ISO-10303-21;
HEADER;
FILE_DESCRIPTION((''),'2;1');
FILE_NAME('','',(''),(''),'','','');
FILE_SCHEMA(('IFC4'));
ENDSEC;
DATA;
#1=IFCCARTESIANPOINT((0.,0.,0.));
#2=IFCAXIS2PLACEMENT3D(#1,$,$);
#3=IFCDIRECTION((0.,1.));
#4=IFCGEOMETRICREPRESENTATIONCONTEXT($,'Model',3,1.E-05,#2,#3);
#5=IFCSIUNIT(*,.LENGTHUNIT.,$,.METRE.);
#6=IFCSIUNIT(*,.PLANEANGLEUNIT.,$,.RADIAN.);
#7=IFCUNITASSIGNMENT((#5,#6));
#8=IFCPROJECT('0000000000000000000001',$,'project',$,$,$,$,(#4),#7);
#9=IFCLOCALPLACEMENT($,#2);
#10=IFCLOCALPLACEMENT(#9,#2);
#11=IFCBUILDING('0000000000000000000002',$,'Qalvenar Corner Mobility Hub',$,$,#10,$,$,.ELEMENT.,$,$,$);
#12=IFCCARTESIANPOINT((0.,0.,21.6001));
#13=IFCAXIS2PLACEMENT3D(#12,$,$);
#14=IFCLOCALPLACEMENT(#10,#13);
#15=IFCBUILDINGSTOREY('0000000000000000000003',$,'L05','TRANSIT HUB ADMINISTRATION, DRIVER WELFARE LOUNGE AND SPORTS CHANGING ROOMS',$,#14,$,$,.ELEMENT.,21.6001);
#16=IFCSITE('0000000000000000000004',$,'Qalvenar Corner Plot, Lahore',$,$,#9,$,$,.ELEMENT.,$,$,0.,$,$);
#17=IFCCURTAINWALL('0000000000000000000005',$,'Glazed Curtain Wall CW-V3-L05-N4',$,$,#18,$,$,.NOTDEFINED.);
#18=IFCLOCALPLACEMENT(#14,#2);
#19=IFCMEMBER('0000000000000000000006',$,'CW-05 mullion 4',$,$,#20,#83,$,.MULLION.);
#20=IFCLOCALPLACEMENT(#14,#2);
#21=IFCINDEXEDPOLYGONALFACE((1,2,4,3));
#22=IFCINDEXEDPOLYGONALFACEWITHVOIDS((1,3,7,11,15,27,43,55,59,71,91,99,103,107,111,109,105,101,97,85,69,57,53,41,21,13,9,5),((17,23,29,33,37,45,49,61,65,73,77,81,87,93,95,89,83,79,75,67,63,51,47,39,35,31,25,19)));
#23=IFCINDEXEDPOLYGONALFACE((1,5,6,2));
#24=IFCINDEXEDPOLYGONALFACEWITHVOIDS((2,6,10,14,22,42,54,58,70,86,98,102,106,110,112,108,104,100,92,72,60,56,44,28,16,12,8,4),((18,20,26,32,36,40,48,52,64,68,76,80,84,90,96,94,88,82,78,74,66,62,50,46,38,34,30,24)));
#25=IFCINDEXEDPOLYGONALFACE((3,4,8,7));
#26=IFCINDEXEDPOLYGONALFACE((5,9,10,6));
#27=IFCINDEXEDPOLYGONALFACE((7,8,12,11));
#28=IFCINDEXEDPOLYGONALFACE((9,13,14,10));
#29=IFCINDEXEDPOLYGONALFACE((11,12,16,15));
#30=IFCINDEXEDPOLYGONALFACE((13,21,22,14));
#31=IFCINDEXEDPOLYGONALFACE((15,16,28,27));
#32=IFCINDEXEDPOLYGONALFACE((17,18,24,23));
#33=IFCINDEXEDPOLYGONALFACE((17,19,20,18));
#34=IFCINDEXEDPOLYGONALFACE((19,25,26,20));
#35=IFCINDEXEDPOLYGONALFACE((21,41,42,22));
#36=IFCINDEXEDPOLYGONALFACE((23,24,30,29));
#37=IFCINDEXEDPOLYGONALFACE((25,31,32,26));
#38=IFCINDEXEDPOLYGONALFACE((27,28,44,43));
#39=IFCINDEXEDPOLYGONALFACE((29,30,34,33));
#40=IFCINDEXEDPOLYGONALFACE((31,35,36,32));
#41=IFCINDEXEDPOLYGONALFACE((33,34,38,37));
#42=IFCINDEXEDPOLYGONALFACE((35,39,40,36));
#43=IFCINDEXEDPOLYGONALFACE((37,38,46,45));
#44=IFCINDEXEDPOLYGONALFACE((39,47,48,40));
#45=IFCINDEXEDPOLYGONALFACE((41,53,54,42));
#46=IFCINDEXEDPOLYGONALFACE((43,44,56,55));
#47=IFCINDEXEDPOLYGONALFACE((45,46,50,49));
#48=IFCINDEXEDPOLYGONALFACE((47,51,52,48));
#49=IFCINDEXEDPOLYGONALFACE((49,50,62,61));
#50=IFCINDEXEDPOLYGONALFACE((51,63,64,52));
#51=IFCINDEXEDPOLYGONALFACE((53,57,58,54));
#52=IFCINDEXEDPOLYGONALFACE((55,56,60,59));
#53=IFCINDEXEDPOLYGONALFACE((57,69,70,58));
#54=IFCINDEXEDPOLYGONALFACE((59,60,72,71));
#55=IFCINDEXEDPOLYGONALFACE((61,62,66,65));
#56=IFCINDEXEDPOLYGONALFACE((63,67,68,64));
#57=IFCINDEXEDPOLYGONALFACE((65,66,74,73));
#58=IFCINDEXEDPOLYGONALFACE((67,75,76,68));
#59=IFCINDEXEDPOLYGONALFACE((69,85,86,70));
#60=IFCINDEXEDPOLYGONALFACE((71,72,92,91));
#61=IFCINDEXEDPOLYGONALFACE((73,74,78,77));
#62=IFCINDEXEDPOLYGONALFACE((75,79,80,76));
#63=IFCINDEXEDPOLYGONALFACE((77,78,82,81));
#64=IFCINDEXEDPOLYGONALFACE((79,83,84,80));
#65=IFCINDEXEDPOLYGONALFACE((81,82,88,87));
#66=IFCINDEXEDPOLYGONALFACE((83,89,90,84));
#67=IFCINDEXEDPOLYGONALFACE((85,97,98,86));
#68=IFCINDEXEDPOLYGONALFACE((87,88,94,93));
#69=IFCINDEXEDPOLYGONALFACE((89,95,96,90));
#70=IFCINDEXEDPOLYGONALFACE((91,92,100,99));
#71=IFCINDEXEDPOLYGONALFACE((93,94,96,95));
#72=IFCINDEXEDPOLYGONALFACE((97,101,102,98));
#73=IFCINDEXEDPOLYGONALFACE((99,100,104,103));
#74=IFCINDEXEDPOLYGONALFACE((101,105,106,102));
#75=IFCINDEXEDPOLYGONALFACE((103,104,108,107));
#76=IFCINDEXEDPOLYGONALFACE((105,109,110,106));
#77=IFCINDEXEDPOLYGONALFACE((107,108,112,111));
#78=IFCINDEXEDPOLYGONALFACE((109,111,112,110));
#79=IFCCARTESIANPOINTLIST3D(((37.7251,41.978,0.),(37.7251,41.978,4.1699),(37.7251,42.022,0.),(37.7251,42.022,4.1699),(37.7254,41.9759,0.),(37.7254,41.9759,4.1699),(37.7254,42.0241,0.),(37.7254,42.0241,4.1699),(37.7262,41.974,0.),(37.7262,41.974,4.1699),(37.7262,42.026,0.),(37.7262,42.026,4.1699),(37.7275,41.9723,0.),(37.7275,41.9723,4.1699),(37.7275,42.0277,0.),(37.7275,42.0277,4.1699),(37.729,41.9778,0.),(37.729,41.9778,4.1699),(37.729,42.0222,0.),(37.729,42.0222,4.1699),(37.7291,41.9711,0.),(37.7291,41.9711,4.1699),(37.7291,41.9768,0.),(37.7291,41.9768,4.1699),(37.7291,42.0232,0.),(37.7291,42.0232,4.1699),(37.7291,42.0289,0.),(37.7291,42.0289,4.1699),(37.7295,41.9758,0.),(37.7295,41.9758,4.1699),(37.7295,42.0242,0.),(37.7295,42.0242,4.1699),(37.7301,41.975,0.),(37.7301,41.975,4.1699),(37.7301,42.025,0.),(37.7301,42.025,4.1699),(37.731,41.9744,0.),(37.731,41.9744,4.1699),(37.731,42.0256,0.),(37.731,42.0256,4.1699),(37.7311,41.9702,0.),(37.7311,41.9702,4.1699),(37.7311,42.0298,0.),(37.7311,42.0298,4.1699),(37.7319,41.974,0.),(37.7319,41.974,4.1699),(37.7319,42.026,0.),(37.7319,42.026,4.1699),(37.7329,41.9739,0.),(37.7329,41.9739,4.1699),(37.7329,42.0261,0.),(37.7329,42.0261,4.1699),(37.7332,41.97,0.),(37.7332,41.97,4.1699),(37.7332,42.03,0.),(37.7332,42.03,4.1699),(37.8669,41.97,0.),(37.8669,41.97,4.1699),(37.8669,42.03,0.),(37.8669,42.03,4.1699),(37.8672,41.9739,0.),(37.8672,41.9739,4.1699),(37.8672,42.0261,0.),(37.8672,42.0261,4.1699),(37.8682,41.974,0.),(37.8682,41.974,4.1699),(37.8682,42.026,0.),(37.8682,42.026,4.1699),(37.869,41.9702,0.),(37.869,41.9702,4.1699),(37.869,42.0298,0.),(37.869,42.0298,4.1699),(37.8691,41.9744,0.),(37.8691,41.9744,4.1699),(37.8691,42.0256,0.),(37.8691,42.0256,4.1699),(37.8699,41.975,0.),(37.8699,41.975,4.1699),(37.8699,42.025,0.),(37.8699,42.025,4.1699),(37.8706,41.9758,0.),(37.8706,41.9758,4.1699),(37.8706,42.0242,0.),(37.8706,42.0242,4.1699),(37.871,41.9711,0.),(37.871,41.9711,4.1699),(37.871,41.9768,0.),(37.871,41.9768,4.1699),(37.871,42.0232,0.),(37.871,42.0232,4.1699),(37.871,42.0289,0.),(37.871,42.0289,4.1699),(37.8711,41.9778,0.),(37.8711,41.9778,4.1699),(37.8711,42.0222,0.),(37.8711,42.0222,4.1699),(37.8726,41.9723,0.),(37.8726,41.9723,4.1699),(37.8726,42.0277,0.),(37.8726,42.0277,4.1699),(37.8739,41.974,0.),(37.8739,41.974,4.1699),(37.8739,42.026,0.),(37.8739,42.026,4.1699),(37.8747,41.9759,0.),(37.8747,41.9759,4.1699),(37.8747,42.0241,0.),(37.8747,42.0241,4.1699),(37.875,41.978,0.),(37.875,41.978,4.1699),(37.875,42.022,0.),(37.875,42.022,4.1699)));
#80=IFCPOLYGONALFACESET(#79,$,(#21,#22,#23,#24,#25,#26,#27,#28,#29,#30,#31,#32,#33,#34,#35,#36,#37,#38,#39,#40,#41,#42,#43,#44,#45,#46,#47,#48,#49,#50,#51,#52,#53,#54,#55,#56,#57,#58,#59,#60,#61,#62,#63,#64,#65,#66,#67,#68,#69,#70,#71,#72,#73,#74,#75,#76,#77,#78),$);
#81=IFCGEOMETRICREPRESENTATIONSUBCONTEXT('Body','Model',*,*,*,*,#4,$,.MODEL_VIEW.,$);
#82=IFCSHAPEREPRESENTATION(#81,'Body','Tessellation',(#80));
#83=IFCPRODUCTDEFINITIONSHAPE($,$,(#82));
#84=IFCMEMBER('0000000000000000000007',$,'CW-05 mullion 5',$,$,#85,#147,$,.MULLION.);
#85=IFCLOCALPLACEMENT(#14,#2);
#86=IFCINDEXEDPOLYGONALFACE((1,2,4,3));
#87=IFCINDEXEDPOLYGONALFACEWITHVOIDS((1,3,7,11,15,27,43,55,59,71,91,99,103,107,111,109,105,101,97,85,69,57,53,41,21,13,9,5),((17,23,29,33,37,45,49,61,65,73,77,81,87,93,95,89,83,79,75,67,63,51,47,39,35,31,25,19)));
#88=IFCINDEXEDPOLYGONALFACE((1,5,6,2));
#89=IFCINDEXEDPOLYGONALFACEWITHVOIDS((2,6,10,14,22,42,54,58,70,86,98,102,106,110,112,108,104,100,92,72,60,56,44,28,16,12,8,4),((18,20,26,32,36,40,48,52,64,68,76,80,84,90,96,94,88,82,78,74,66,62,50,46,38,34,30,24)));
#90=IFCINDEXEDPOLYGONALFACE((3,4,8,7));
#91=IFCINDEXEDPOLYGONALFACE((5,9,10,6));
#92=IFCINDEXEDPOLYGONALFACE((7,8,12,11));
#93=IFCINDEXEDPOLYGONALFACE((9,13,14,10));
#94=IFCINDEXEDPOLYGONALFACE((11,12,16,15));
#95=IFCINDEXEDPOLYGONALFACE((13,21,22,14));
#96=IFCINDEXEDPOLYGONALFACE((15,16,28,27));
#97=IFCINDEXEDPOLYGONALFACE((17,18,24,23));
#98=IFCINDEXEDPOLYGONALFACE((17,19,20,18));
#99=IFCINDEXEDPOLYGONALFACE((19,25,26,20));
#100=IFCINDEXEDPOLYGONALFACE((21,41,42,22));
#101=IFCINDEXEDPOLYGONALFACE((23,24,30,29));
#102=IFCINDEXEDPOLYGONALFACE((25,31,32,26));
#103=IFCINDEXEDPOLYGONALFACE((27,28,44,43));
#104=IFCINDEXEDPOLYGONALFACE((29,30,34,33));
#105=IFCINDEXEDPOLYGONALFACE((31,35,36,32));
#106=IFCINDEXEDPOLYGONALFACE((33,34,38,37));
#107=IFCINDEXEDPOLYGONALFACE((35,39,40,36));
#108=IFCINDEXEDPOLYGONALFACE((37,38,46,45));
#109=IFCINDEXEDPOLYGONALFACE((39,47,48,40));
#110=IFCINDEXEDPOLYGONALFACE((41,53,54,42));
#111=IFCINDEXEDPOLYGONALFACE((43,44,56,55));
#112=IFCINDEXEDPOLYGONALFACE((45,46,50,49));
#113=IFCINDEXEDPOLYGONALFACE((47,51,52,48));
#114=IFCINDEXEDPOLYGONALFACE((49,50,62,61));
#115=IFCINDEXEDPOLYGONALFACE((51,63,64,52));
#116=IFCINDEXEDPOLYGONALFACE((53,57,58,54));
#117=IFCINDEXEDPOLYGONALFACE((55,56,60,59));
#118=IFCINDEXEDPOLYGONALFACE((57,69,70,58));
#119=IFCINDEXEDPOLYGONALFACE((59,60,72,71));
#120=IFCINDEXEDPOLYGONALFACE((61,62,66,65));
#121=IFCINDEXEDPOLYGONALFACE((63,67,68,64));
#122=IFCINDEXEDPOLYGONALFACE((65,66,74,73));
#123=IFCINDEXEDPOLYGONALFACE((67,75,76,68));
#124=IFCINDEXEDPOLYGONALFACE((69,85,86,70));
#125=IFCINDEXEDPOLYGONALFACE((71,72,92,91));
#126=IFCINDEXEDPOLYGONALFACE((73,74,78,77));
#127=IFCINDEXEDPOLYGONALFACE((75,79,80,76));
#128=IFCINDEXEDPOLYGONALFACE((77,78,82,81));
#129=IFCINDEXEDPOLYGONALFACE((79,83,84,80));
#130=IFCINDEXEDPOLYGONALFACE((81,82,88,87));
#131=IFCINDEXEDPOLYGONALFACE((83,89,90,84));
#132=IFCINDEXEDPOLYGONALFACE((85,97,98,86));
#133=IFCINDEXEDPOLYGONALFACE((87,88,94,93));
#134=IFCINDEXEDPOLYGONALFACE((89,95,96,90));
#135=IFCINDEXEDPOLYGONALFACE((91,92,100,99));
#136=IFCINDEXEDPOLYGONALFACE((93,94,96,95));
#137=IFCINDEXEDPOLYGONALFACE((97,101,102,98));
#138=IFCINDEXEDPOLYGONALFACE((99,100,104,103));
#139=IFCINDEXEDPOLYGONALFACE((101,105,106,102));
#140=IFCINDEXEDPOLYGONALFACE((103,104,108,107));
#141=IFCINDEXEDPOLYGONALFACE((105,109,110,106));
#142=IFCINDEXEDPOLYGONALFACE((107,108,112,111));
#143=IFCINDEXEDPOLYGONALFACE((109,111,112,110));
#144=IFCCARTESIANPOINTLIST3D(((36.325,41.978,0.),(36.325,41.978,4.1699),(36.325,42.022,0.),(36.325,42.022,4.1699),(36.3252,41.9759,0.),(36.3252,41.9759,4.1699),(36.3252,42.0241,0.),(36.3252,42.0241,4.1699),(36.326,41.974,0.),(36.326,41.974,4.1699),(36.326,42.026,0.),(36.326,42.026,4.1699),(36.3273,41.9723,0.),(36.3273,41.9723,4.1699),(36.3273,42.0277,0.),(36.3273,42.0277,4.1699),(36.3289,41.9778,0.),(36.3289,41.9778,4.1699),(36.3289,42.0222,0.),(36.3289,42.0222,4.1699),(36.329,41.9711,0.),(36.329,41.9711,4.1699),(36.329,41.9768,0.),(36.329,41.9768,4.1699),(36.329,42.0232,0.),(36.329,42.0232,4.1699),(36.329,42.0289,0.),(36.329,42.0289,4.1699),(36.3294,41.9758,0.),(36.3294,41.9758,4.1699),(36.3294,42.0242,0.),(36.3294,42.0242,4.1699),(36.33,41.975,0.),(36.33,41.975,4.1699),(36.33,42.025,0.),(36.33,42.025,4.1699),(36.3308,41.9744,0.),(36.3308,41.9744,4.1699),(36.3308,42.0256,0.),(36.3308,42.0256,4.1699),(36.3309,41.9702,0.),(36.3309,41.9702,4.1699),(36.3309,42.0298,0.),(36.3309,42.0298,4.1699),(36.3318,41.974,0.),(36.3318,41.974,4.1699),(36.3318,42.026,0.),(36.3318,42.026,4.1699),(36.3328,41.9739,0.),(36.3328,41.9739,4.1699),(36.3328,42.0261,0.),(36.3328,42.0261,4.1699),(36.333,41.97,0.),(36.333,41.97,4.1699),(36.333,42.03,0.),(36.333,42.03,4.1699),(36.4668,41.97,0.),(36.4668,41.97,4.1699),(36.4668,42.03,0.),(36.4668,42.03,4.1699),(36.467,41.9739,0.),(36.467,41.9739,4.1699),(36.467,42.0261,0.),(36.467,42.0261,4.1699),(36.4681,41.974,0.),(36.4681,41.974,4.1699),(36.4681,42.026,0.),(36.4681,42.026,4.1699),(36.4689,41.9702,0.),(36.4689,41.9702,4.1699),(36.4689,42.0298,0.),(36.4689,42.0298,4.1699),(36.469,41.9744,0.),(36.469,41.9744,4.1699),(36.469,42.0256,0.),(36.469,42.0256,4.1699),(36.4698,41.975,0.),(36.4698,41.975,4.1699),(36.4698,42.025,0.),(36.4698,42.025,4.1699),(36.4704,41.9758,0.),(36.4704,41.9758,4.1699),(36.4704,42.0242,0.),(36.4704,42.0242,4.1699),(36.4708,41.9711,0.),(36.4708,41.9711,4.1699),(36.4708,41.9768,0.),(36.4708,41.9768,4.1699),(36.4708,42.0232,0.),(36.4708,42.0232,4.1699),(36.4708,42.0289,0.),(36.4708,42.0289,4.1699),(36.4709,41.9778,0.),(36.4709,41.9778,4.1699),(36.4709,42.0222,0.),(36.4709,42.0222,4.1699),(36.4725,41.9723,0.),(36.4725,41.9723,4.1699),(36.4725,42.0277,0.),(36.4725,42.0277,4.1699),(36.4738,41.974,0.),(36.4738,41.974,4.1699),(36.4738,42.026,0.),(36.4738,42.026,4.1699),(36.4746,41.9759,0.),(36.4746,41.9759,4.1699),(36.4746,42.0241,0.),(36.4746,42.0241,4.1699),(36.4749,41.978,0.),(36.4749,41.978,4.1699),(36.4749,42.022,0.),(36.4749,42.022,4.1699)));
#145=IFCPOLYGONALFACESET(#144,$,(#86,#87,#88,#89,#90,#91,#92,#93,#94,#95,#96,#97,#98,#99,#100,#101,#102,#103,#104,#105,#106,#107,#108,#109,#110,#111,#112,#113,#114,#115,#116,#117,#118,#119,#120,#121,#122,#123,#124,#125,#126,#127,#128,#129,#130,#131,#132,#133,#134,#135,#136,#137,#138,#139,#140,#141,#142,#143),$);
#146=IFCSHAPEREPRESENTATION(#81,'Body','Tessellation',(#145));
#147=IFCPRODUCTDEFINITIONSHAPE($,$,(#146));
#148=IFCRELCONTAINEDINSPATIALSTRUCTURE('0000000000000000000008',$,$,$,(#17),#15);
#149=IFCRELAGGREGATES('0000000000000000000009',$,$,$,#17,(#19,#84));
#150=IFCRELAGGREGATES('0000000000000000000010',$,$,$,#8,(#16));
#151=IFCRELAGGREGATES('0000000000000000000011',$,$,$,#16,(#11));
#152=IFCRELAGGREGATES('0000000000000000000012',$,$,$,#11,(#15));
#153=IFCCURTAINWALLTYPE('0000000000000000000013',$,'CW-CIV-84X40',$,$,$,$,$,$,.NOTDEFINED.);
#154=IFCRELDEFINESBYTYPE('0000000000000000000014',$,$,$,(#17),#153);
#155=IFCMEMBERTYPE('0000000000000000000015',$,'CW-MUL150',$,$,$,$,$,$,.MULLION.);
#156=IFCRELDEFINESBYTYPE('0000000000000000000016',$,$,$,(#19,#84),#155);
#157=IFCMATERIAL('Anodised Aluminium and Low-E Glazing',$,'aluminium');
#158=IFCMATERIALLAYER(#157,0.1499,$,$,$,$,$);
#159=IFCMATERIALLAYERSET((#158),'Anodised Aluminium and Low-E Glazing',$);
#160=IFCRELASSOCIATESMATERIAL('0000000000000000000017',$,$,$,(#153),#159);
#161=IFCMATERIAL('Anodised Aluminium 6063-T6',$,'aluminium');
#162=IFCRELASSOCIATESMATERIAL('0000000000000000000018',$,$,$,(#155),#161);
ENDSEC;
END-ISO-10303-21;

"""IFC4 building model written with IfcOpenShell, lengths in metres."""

from ifc_helpers import new_model, si_unit, direction, frame, origin, origin_2d, place, context, subcontext, project, spatial, hollow_rectangle, extrude, material, layer, layer_set, material_profile, profile_set, type_object, element, aggregate, save


model = new_model("IFC4")

# Units and contexts
model_context = context("Model", 3, precision=1e-05, world=origin(), true_north=direction((0.0, 1.0)))
body_context = subcontext(model_context, "Body", "Model", "MODEL_VIEW")
ifc_project = project(units=[si_unit("LENGTHUNIT", "METRE"), si_unit("PLANEANGLEUNIT", "RADIAN")], contexts=[model_context])

# Site, building, storey
site_placement = place(None, origin())
site = spatial("IfcSite", under=ifc_project, at=site_placement, Name="Qalvenar Corner Plot, Lahore", CompositionType="ELEMENT", RefElevation=0.0)
building_placement = place(site_placement, origin())
building = spatial("IfcBuilding", under=site, at=building_placement, Name="Qalvenar Corner Mobility Hub", CompositionType="ELEMENT")
storey_placement = place(building_placement, frame((0.0, 0.0, 21.6001)))
storey = spatial("IfcBuildingStorey", under=building, at=storey_placement, Name="L05", Description="TRANSIT HUB ADMINISTRATION, DRIVER WELFARE LOUNGE AND SPORTS CHANGING ROOMS", CompositionType="ELEMENT", Elevation=21.6001)

# Curtain wall, members
ifc_material_1 = material(Name="Anodised Aluminium and Low-E Glazing", Category="aluminium")
ifc_layer_1 = layer(ifc_material_1, 0.1499)
ifc_layer_set_1 = layer_set([ifc_layer_1], Name="Anodised Aluminium and Low-E Glazing")
curtain_wall_type = type_object("IfcCurtainWallType", Name="CW-CIV-84X40", PredefinedType="NOTDEFINED", material=ifc_layer_set_1)
curtain_wall_placement = place(storey_placement, origin())
curtain_wall = element("IfcCurtainWall", 1, at=curtain_wall_placement, inside=storey, type_object=curtain_wall_type, Name="Glazed Curtain Wall CW-V3-L05-N4", PredefinedType="NOTDEFINED")
ifc_material_2 = material(Name="Anodised Aluminium 6063-T6", Category="aluminium")
ifc_material_profile_1 = material_profile(ifc_material_2, hollow_rectangle(XDim=0.0601, YDim=0.1499, WallThickness=0.0039, InnerFilletRadius=0.0039, OuterFilletRadius=0.0081, at=origin_2d()), Name="RHS150x60x4")
ifc_profile_set_1 = profile_set([ifc_material_profile_1], Name="Anodised Aluminium 6063-T6")
member_type_1 = type_object("IfcMemberType", Name="CW-MUL150", PredefinedType="MULLION", material=ifc_profile_set_1)
member_1_placement = place(storey_placement, frame((37.8, 42.0, 0.0), z_axis=(0.0, 0.0, 1.0), x_axis=(0.0, -1.0, 0.0)))
member_1 = element("IfcMember", 2, at=member_1_placement, type_object=member_type_1, Name="CW-05 mullion 4", PredefinedType="MULLION", context=body_context, shape_type="SweptSolid", body=[
    extrude(hollow_rectangle(XDim=0.0601, YDim=0.1499, WallThickness=0.0039, InnerFilletRadius=0.0039, OuterFilletRadius=0.0081, at=origin_2d()), origin(), (0.0, 0.0, 1.0), 4.1699),
])
member_2_placement = place(storey_placement, frame((36.3999, 42.0, 0.0), z_axis=(0.0, 0.0, 1.0), x_axis=(0.0, -1.0, 0.0)))
member_2 = element("IfcMember", 3, at=member_2_placement, type_object=member_type_1, Name="CW-05 mullion 5", PredefinedType="MULLION", context=body_context, shape_type="SweptSolid", body=[
    extrude(hollow_rectangle(XDim=0.0601, YDim=0.1499, WallThickness=0.0039, InnerFilletRadius=0.0039, OuterFilletRadius=0.0081, at=origin_2d()), origin(), (0.0, 0.0, 1.0), 4.1699),
])
aggregate(curtain_wall, [member_1, member_2])

save(model, "model.ifc")
